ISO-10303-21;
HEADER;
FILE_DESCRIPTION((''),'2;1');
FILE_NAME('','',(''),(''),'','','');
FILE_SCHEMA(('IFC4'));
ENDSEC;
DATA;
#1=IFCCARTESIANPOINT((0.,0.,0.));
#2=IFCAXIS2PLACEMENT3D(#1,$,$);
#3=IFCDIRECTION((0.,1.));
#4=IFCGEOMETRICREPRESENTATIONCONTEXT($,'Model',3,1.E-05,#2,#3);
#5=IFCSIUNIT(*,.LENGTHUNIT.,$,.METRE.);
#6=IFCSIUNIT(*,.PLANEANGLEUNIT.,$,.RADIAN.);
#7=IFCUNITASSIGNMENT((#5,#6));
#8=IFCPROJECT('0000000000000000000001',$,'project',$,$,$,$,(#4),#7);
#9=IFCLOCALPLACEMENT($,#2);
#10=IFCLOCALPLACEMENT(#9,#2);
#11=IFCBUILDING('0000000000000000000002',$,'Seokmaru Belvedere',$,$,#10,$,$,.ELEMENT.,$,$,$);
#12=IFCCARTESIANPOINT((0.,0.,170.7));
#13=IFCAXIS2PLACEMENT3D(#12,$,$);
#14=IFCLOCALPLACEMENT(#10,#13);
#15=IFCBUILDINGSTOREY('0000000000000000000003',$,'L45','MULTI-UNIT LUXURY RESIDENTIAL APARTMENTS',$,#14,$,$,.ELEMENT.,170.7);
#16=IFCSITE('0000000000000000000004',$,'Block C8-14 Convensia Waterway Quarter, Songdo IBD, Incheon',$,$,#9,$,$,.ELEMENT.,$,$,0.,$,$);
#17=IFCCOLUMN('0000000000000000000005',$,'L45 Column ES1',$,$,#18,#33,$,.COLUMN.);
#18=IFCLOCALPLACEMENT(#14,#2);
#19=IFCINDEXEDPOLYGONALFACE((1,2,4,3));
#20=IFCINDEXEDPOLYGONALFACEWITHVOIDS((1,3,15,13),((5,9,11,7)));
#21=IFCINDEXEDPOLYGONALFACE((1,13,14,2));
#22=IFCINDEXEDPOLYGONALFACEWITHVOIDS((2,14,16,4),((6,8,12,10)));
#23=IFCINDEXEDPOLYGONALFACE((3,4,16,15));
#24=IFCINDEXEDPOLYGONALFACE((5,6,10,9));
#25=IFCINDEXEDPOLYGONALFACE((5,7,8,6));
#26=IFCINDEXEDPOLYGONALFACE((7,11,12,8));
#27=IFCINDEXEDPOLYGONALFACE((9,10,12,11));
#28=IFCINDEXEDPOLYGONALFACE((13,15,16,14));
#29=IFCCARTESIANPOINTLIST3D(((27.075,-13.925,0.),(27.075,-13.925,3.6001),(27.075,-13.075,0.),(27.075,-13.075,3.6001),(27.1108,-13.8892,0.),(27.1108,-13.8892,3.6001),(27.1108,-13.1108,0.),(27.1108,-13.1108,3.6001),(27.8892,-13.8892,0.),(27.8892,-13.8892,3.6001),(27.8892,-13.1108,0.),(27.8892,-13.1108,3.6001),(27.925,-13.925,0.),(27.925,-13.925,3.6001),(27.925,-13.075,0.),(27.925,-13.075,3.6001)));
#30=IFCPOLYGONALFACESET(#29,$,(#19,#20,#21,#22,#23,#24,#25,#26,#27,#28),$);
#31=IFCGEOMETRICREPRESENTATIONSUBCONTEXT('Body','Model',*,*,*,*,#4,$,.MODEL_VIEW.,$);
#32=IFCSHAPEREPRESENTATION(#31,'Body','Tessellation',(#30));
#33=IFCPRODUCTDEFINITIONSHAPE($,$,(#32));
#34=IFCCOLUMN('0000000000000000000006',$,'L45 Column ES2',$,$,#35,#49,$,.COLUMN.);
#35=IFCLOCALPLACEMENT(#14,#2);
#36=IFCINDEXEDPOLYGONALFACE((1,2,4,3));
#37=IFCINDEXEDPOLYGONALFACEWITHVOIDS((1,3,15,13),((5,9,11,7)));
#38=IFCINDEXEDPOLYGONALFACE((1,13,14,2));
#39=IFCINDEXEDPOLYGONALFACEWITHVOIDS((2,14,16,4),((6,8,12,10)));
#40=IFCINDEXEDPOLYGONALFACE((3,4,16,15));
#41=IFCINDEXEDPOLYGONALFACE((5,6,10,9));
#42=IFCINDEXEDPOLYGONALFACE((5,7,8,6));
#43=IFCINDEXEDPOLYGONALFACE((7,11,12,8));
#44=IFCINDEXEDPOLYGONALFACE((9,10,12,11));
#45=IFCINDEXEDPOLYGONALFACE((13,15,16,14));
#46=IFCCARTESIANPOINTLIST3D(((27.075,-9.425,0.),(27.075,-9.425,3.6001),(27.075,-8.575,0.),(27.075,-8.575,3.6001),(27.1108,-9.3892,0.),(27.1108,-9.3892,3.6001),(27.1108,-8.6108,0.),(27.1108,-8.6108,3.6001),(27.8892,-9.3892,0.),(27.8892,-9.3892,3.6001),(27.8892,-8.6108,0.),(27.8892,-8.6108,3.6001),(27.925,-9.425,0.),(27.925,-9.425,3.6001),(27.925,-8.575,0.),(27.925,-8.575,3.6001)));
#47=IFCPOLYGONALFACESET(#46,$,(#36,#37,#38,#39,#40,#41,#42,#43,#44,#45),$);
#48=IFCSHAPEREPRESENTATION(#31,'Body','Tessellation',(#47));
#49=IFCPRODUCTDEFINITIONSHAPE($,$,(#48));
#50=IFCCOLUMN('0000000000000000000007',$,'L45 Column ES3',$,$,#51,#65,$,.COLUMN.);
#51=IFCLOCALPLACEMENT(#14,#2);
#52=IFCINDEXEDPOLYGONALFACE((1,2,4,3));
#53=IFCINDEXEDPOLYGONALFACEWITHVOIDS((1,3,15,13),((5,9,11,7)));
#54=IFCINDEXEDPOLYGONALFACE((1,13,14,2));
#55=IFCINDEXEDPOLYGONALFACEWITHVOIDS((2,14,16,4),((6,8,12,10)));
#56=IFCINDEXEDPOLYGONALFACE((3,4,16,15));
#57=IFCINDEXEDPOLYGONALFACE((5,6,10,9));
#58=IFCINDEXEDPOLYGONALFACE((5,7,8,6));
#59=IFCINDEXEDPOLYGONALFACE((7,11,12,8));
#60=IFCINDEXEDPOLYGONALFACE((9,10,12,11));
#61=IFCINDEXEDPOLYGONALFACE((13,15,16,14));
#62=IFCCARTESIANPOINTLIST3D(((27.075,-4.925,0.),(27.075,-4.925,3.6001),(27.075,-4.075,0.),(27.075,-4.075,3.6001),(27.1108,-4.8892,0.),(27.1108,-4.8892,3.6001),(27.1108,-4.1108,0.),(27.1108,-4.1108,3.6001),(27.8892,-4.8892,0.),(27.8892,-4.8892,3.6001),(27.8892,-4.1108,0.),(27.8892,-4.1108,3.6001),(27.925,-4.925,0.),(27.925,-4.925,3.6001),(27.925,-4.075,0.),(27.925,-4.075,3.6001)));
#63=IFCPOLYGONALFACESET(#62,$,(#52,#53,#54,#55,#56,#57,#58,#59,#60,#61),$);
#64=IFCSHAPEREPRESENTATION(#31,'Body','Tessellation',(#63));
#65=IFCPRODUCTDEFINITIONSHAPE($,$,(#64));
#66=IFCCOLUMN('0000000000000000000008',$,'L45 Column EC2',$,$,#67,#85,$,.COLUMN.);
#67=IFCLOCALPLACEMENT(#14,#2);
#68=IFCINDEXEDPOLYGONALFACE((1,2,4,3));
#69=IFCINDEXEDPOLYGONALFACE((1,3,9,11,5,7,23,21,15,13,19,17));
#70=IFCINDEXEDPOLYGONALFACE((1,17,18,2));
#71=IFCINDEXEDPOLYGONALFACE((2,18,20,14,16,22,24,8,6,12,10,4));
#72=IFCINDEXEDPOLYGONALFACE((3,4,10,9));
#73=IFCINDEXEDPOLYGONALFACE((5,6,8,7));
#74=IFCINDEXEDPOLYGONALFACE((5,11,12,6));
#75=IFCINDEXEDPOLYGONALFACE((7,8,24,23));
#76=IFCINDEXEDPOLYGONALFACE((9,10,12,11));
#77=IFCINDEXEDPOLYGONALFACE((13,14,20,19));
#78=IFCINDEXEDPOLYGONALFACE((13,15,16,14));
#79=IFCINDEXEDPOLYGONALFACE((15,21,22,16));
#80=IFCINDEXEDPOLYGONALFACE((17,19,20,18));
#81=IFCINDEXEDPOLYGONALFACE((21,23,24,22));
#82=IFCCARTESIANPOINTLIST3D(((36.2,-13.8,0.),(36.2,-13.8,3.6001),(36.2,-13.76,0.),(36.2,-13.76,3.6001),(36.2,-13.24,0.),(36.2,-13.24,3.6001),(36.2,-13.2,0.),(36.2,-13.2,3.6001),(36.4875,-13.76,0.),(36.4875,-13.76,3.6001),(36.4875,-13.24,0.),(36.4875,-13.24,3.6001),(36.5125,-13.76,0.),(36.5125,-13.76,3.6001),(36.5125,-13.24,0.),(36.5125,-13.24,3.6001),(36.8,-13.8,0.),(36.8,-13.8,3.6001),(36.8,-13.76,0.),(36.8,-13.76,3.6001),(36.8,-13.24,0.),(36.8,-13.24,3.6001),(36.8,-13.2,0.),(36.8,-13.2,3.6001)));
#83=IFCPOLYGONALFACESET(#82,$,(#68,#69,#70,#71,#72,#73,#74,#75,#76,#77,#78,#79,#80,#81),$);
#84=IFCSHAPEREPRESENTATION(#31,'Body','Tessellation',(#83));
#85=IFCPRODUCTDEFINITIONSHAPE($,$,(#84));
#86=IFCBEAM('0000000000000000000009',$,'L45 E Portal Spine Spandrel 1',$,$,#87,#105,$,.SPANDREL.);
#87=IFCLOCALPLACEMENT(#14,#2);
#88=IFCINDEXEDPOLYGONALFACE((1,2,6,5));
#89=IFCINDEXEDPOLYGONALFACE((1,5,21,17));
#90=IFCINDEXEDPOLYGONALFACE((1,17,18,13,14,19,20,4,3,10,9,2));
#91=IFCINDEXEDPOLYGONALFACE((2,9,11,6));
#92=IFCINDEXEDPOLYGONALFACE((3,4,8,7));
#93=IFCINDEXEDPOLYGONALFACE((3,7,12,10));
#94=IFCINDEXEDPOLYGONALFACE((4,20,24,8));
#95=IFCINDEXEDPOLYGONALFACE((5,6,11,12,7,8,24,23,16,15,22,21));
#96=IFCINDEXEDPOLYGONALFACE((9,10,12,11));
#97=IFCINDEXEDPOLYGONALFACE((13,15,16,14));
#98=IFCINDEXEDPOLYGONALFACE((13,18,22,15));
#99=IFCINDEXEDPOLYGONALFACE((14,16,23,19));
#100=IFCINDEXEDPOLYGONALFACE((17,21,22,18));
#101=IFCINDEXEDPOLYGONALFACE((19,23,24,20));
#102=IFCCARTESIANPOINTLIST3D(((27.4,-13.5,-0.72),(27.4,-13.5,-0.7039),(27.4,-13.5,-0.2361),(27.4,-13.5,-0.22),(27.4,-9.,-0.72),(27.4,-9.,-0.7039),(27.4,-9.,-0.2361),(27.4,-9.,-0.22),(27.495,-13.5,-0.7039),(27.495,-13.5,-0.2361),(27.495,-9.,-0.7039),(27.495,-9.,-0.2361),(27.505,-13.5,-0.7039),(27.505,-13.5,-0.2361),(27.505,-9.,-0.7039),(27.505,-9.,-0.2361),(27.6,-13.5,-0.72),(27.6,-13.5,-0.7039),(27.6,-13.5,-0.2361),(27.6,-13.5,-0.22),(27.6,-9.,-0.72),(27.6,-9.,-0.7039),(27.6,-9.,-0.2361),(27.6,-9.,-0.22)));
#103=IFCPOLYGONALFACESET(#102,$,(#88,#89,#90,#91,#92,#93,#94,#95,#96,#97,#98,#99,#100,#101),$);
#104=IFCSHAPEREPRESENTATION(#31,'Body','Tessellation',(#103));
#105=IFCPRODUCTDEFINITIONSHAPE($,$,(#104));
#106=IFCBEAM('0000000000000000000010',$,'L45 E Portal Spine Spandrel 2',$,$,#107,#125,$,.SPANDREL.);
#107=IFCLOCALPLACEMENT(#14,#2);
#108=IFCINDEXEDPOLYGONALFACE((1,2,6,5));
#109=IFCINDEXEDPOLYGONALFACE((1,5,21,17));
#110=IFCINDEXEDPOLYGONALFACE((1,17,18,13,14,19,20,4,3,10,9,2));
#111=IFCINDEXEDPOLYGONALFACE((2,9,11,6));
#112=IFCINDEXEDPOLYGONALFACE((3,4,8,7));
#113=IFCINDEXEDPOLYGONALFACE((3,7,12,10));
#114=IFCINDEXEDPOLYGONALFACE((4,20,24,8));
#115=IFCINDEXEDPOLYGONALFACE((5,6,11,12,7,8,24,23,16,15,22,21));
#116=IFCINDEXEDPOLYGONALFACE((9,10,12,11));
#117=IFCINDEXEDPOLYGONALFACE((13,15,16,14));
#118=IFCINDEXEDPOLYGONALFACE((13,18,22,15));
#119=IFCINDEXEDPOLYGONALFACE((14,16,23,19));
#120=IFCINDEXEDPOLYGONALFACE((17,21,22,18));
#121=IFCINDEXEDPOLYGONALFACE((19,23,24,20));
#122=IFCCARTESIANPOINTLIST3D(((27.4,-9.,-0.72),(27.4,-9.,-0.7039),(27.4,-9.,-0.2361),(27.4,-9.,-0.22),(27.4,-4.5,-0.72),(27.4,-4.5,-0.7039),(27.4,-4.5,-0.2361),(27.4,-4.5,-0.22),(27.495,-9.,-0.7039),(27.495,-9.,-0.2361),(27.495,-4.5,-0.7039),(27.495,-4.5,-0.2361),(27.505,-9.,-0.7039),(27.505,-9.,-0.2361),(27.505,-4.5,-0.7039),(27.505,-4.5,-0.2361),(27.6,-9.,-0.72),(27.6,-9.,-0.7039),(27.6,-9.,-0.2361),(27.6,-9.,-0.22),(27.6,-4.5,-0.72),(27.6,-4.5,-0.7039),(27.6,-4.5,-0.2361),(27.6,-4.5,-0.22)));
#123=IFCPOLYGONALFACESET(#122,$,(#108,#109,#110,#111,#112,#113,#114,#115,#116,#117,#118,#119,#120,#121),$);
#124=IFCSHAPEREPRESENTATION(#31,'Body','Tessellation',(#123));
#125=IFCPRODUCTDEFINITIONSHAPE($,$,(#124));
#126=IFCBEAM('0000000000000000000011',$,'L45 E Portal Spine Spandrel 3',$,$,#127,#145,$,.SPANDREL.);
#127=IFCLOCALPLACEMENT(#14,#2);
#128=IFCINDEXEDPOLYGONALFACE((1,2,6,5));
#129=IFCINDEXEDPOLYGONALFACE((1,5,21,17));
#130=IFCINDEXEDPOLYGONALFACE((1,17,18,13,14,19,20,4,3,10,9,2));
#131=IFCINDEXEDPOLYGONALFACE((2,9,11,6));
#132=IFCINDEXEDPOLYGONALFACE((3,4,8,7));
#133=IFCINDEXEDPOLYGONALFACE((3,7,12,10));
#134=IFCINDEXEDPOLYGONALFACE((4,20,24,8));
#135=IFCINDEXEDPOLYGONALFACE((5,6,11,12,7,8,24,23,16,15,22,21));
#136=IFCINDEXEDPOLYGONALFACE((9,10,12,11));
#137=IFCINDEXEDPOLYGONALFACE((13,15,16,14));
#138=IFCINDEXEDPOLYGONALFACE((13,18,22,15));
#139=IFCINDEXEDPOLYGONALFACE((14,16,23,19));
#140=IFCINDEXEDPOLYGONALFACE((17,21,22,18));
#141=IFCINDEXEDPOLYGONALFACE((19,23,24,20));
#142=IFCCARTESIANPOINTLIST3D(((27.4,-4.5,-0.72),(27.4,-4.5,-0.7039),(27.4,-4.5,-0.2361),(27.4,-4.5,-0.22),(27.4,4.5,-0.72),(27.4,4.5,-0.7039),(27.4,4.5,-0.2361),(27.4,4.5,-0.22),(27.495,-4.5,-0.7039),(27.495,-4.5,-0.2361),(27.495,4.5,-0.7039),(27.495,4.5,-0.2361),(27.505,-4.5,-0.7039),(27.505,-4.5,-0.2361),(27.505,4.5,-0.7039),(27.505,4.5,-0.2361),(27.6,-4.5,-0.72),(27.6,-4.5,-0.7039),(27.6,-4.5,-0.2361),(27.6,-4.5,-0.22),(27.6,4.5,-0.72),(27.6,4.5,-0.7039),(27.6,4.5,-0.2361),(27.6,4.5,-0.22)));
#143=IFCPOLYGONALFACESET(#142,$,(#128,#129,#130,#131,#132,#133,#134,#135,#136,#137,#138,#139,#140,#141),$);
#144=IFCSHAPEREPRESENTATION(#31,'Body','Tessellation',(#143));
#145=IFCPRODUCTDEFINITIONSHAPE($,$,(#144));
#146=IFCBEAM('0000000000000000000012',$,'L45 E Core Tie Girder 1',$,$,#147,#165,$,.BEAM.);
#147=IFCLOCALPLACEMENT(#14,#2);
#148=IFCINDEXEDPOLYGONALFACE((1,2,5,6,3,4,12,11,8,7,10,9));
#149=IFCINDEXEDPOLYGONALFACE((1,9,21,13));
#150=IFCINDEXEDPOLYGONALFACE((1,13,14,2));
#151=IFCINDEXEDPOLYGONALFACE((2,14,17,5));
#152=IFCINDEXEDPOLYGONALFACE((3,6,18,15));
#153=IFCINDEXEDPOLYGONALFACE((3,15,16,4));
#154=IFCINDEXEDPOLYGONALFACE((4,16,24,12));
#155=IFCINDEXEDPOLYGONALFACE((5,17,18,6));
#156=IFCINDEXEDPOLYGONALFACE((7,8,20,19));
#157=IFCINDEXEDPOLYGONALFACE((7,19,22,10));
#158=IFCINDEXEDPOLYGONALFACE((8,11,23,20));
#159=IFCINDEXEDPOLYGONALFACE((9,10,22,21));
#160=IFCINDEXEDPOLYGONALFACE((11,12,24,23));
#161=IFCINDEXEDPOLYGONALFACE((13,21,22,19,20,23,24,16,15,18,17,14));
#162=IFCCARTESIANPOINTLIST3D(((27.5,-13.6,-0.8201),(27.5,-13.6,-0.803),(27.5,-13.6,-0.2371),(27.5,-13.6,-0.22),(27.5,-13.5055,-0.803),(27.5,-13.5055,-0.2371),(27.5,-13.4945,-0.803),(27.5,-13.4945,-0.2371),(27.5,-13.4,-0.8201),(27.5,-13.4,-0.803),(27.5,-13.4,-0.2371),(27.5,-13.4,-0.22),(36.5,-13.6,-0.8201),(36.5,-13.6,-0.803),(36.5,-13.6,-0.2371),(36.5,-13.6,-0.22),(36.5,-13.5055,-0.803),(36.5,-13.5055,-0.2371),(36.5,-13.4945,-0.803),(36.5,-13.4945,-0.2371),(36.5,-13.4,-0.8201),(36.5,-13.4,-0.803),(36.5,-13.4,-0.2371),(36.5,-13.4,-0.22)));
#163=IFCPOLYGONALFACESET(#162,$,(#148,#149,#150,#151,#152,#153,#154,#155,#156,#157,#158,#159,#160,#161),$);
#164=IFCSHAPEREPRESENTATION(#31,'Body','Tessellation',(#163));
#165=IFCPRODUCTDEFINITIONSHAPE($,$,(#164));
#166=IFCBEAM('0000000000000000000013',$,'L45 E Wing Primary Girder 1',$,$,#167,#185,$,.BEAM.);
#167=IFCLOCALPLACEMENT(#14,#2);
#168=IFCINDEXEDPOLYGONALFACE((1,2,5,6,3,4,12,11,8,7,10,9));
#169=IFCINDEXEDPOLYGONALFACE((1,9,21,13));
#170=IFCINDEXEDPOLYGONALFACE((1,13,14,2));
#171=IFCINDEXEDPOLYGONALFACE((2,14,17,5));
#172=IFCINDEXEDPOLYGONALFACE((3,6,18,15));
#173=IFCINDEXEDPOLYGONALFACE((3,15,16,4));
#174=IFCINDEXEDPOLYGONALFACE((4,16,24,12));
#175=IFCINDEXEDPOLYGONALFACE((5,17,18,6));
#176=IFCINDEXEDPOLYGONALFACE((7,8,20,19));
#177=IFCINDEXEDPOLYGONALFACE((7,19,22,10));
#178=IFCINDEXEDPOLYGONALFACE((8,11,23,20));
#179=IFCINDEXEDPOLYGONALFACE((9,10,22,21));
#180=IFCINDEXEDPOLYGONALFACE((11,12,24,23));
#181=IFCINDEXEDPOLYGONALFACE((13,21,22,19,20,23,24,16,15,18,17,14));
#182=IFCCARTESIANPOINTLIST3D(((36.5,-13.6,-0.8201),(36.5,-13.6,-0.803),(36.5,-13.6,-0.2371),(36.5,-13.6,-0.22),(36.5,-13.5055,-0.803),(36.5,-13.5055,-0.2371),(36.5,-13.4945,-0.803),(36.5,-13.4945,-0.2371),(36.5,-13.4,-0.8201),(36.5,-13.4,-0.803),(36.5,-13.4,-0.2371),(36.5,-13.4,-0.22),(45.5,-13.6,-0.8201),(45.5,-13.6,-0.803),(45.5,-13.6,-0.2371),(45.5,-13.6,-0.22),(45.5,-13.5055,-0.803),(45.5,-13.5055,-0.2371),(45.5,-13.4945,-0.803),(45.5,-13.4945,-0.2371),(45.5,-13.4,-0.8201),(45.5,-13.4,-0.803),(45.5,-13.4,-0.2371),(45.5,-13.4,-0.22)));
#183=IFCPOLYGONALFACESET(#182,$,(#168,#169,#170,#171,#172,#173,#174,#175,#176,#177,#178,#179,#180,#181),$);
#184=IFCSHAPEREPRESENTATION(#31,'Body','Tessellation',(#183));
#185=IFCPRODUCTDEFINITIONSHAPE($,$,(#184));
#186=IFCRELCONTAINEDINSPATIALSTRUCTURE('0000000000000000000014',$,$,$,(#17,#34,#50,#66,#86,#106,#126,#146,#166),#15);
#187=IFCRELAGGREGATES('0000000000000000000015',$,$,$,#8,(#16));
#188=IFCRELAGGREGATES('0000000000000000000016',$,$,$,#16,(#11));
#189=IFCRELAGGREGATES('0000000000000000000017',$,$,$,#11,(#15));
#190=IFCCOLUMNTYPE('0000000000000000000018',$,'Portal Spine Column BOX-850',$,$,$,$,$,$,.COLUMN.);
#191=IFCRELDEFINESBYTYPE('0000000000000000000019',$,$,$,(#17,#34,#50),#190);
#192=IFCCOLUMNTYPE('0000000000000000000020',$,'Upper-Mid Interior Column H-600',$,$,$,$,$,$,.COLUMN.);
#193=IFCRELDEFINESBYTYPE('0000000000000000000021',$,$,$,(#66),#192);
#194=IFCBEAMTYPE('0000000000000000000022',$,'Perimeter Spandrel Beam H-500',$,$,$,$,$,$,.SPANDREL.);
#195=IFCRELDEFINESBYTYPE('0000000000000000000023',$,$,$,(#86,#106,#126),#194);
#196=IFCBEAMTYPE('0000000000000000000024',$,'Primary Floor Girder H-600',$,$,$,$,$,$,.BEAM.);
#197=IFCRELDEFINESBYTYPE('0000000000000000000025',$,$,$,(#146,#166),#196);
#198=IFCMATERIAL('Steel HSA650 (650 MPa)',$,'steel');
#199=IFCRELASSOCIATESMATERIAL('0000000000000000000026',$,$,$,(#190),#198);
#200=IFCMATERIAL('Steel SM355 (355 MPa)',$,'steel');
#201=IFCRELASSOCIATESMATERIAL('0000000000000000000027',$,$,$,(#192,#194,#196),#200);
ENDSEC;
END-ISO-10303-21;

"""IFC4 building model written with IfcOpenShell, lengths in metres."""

from ifc_helpers import new_model, si_unit, direction, frame, origin, origin_2d, place, context, subcontext, project, spatial, hollow_rectangle, i_section, extrude, source, transform, mapped, material, material_profile, profile_set, type_object, type_shapes, element, save


model = new_model("IFC4")

# Units and contexts
model_context = context("Model", 3, precision=1e-05, world=origin(), true_north=direction((0.0, 1.0)))
body_context = subcontext(model_context, "Body", "Model", "MODEL_VIEW")
ifc_project = project(units=[si_unit("LENGTHUNIT", "METRE"), si_unit("PLANEANGLEUNIT", "RADIAN")], contexts=[model_context])

# Site, building, storey
site_placement = place(None, origin())
site = spatial("IfcSite", under=ifc_project, at=site_placement, Name="Block C8-14 Convensia Waterway Quarter, Songdo IBD, Incheon", CompositionType="ELEMENT", RefElevation=0.0)
building_placement = place(site_placement, origin())
building = spatial("IfcBuilding", under=site, at=building_placement, Name="Seokmaru Belvedere", CompositionType="ELEMENT")
storey_placement = place(building_placement, frame((0.0, 0.0, 170.7)))
storey = spatial("IfcBuildingStorey", under=building, at=storey_placement, Name="L45", Description="MULTI-UNIT LUXURY RESIDENTIAL APARTMENTS", CompositionType="ELEMENT", Elevation=170.7)

# Columns
ifc_material_1 = material(Name="Steel HSA650 (650 MPa)", Category="steel")
ifc_material_profile_1 = material_profile(ifc_material_1, hollow_rectangle(XDim=0.8501, YDim=0.8501, WallThickness=0.0359, at=origin_2d()), Name="BOX-850x850x36")
ifc_profile_set_1 = profile_set([ifc_material_profile_1], Name="Steel HSA650 (650 MPa)")
column_type_1 = type_object("IfcColumnType", Name="Portal Spine Column BOX-850", PredefinedType="COLUMN", material=ifc_profile_set_1)
shared_shape_1 = source(origin(), body_context, "Body", "SweptSolid", [
    extrude(hollow_rectangle(XDim=0.8501, YDim=0.8501, WallThickness=0.0359, at=origin_2d()), origin(), (0.0, 0.0, 1.0), 3.6001),
])
type_shapes(column_type_1, [shared_shape_1])
for number, where, z_axis, x_axis, name in (
    (1, (27.5, -13.5, 0.0), (0.0, 0.0, 1.0), (1.0, 0.0, 0.0), "L45 Column ES1"),
    (2, (27.5, -9.0, 0.0), (0.0, 0.0, 1.0), (1.0, 0.0, 0.0), "L45 Column ES2"),
    (3, (27.5, -4.5, 0.0), (0.0, 0.0, 1.0), (1.0, 0.0, 0.0), "L45 Column ES3"),
):
    element("IfcColumn", number, at=place(storey_placement, frame(where, z_axis=z_axis, x_axis=x_axis)), inside=storey, type_object=column_type_1, Name=name, PredefinedType="COLUMN", context=body_context, shape_type="MappedRepresentation", body=[
        mapped(shared_shape_1, transform((0.0, 0.0, 0.0), scale=1.0)),
    ])
ifc_material_2 = material(Name="Steel SM355 (355 MPa)", Category="steel")
ifc_material_profile_2 = material_profile(ifc_material_2, i_section(OverallWidth=0.6001, OverallDepth=0.6001, WebThickness=0.0249, FlangeThickness=0.04, at=origin_2d()), Name="H-600x600x25x40")
ifc_profile_set_2 = profile_set([ifc_material_profile_2], Name="Steel SM355 (355 MPa)")
column_type_2 = type_object("IfcColumnType", Name="Upper-Mid Interior Column H-600", PredefinedType="COLUMN", material=ifc_profile_set_2)
shared_shape_2 = source(origin(), body_context, "Body", "SweptSolid", [
    extrude(i_section(OverallWidth=0.6001, OverallDepth=0.6001, WebThickness=0.0249, FlangeThickness=0.04, at=origin_2d()), origin(), (0.0, 0.0, 1.0), 3.6001),
])
type_shapes(column_type_2, [shared_shape_2])
column_placement = place(storey_placement, frame((36.5, -13.5, 0.0), z_axis=(0.0, 0.0, 1.0), x_axis=(1.0, 0.0, 0.0)))
element("IfcColumn", 4, at=column_placement, inside=storey, type_object=column_type_2, Name="L45 Column EC2", PredefinedType="COLUMN", context=body_context, shape_type="MappedRepresentation", body=[
    mapped(shared_shape_2, transform((0.0, 0.0, 0.0), scale=1.0)),
])

# Beams
ifc_material_profile_3 = material_profile(ifc_material_2, i_section(OverallWidth=0.2, OverallDepth=0.5, WebThickness=0.01, FlangeThickness=0.0161, at=origin_2d()), Name="H-500x200x10x16")
ifc_profile_set_3 = profile_set([ifc_material_profile_3], Name="Steel SM355 (355 MPa)")
beam_type_1 = type_object("IfcBeamType", Name="Perimeter Spandrel Beam H-500", PredefinedType="SPANDREL", material=ifc_profile_set_3)
shared_shape_3 = source(origin(), body_context, "Body", "SweptSolid", [
    extrude(i_section(OverallWidth=0.2, OverallDepth=0.5, WebThickness=0.01, FlangeThickness=0.0161, at=origin_2d()), origin(), (0.0, 0.0, 1.0), 4.5),
])
for number, where, z_axis, x_axis, name in (
    (5, (27.5, -13.5, -0.47), (0.0, 1.0, 0.0), (-1.0, 0.0, 0.0), "L45 E Portal Spine Spandrel 1"),
    (6, (27.5, -9.0, -0.47), (0.0, 1.0, 0.0), (-1.0, 0.0, 0.0), "L45 E Portal Spine Spandrel 2"),
):
    element("IfcBeam", number, at=place(storey_placement, frame(where, z_axis=z_axis, x_axis=x_axis)), inside=storey, type_object=beam_type_1, Name=name, PredefinedType="SPANDREL", context=body_context, shape_type="MappedRepresentation", body=[
        mapped(shared_shape_3, transform((0.0, 0.0, 0.0), scale=1.0)),
    ])
shared_shape_4 = source(origin(), body_context, "Body", "SweptSolid", [
    extrude(i_section(OverallWidth=0.2, OverallDepth=0.5, WebThickness=0.01, FlangeThickness=0.0161, at=origin_2d()), origin(), (0.0, 0.0, 1.0), 9.0),
])
type_shapes(beam_type_1, [shared_shape_3, shared_shape_4])
beam_1_placement = place(storey_placement, frame((27.5, -4.5, -0.47), z_axis=(0.0, 1.0, 0.0), x_axis=(-1.0, 0.0, 0.0)))
element("IfcBeam", 7, at=beam_1_placement, inside=storey, type_object=beam_type_1, Name="L45 E Portal Spine Spandrel 3", PredefinedType="SPANDREL", context=body_context, shape_type="MappedRepresentation", body=[
    mapped(shared_shape_4, transform((0.0, 0.0, 0.0), scale=1.0)),
])
ifc_material_profile_4 = material_profile(ifc_material_2, i_section(OverallWidth=0.2, OverallDepth=0.6001, WebThickness=0.011, FlangeThickness=0.0171, at=origin_2d()), Name="H-600x200x11x17")
ifc_profile_set_4 = profile_set([ifc_material_profile_4], Name="Steel SM355 (355 MPa)")
beam_type_2 = type_object("IfcBeamType", Name="Primary Floor Girder H-600", PredefinedType="BEAM", material=ifc_profile_set_4)
shared_shape_5 = source(origin(), body_context, "Body", "SweptSolid", [
    extrude(i_section(OverallWidth=0.2, OverallDepth=0.6001, WebThickness=0.011, FlangeThickness=0.0171, at=origin_2d()), origin(), (0.0, 0.0, 1.0), 9.0),
])
type_shapes(beam_type_2, [shared_shape_5])
for number, where, z_axis, x_axis, name in (
    (8, (27.5, -13.5, -0.52), (1.0, 0.0, 0.0), (0.0, 1.0, 0.0), "L45 E Core Tie Girder 1"),
    (9, (36.5, -13.5, -0.52), (1.0, 0.0, 0.0), (0.0, 1.0, 0.0), "L45 E Wing Primary Girder 1"),
):
    element("IfcBeam", number, at=place(storey_placement, frame(where, z_axis=z_axis, x_axis=x_axis)), inside=storey, type_object=beam_type_2, Name=name, PredefinedType="BEAM", context=body_context, shape_type="MappedRepresentation", body=[
        mapped(shared_shape_5, transform((0.0, 0.0, 0.0), scale=1.0)),
    ])

save(model, "model.ifc")
